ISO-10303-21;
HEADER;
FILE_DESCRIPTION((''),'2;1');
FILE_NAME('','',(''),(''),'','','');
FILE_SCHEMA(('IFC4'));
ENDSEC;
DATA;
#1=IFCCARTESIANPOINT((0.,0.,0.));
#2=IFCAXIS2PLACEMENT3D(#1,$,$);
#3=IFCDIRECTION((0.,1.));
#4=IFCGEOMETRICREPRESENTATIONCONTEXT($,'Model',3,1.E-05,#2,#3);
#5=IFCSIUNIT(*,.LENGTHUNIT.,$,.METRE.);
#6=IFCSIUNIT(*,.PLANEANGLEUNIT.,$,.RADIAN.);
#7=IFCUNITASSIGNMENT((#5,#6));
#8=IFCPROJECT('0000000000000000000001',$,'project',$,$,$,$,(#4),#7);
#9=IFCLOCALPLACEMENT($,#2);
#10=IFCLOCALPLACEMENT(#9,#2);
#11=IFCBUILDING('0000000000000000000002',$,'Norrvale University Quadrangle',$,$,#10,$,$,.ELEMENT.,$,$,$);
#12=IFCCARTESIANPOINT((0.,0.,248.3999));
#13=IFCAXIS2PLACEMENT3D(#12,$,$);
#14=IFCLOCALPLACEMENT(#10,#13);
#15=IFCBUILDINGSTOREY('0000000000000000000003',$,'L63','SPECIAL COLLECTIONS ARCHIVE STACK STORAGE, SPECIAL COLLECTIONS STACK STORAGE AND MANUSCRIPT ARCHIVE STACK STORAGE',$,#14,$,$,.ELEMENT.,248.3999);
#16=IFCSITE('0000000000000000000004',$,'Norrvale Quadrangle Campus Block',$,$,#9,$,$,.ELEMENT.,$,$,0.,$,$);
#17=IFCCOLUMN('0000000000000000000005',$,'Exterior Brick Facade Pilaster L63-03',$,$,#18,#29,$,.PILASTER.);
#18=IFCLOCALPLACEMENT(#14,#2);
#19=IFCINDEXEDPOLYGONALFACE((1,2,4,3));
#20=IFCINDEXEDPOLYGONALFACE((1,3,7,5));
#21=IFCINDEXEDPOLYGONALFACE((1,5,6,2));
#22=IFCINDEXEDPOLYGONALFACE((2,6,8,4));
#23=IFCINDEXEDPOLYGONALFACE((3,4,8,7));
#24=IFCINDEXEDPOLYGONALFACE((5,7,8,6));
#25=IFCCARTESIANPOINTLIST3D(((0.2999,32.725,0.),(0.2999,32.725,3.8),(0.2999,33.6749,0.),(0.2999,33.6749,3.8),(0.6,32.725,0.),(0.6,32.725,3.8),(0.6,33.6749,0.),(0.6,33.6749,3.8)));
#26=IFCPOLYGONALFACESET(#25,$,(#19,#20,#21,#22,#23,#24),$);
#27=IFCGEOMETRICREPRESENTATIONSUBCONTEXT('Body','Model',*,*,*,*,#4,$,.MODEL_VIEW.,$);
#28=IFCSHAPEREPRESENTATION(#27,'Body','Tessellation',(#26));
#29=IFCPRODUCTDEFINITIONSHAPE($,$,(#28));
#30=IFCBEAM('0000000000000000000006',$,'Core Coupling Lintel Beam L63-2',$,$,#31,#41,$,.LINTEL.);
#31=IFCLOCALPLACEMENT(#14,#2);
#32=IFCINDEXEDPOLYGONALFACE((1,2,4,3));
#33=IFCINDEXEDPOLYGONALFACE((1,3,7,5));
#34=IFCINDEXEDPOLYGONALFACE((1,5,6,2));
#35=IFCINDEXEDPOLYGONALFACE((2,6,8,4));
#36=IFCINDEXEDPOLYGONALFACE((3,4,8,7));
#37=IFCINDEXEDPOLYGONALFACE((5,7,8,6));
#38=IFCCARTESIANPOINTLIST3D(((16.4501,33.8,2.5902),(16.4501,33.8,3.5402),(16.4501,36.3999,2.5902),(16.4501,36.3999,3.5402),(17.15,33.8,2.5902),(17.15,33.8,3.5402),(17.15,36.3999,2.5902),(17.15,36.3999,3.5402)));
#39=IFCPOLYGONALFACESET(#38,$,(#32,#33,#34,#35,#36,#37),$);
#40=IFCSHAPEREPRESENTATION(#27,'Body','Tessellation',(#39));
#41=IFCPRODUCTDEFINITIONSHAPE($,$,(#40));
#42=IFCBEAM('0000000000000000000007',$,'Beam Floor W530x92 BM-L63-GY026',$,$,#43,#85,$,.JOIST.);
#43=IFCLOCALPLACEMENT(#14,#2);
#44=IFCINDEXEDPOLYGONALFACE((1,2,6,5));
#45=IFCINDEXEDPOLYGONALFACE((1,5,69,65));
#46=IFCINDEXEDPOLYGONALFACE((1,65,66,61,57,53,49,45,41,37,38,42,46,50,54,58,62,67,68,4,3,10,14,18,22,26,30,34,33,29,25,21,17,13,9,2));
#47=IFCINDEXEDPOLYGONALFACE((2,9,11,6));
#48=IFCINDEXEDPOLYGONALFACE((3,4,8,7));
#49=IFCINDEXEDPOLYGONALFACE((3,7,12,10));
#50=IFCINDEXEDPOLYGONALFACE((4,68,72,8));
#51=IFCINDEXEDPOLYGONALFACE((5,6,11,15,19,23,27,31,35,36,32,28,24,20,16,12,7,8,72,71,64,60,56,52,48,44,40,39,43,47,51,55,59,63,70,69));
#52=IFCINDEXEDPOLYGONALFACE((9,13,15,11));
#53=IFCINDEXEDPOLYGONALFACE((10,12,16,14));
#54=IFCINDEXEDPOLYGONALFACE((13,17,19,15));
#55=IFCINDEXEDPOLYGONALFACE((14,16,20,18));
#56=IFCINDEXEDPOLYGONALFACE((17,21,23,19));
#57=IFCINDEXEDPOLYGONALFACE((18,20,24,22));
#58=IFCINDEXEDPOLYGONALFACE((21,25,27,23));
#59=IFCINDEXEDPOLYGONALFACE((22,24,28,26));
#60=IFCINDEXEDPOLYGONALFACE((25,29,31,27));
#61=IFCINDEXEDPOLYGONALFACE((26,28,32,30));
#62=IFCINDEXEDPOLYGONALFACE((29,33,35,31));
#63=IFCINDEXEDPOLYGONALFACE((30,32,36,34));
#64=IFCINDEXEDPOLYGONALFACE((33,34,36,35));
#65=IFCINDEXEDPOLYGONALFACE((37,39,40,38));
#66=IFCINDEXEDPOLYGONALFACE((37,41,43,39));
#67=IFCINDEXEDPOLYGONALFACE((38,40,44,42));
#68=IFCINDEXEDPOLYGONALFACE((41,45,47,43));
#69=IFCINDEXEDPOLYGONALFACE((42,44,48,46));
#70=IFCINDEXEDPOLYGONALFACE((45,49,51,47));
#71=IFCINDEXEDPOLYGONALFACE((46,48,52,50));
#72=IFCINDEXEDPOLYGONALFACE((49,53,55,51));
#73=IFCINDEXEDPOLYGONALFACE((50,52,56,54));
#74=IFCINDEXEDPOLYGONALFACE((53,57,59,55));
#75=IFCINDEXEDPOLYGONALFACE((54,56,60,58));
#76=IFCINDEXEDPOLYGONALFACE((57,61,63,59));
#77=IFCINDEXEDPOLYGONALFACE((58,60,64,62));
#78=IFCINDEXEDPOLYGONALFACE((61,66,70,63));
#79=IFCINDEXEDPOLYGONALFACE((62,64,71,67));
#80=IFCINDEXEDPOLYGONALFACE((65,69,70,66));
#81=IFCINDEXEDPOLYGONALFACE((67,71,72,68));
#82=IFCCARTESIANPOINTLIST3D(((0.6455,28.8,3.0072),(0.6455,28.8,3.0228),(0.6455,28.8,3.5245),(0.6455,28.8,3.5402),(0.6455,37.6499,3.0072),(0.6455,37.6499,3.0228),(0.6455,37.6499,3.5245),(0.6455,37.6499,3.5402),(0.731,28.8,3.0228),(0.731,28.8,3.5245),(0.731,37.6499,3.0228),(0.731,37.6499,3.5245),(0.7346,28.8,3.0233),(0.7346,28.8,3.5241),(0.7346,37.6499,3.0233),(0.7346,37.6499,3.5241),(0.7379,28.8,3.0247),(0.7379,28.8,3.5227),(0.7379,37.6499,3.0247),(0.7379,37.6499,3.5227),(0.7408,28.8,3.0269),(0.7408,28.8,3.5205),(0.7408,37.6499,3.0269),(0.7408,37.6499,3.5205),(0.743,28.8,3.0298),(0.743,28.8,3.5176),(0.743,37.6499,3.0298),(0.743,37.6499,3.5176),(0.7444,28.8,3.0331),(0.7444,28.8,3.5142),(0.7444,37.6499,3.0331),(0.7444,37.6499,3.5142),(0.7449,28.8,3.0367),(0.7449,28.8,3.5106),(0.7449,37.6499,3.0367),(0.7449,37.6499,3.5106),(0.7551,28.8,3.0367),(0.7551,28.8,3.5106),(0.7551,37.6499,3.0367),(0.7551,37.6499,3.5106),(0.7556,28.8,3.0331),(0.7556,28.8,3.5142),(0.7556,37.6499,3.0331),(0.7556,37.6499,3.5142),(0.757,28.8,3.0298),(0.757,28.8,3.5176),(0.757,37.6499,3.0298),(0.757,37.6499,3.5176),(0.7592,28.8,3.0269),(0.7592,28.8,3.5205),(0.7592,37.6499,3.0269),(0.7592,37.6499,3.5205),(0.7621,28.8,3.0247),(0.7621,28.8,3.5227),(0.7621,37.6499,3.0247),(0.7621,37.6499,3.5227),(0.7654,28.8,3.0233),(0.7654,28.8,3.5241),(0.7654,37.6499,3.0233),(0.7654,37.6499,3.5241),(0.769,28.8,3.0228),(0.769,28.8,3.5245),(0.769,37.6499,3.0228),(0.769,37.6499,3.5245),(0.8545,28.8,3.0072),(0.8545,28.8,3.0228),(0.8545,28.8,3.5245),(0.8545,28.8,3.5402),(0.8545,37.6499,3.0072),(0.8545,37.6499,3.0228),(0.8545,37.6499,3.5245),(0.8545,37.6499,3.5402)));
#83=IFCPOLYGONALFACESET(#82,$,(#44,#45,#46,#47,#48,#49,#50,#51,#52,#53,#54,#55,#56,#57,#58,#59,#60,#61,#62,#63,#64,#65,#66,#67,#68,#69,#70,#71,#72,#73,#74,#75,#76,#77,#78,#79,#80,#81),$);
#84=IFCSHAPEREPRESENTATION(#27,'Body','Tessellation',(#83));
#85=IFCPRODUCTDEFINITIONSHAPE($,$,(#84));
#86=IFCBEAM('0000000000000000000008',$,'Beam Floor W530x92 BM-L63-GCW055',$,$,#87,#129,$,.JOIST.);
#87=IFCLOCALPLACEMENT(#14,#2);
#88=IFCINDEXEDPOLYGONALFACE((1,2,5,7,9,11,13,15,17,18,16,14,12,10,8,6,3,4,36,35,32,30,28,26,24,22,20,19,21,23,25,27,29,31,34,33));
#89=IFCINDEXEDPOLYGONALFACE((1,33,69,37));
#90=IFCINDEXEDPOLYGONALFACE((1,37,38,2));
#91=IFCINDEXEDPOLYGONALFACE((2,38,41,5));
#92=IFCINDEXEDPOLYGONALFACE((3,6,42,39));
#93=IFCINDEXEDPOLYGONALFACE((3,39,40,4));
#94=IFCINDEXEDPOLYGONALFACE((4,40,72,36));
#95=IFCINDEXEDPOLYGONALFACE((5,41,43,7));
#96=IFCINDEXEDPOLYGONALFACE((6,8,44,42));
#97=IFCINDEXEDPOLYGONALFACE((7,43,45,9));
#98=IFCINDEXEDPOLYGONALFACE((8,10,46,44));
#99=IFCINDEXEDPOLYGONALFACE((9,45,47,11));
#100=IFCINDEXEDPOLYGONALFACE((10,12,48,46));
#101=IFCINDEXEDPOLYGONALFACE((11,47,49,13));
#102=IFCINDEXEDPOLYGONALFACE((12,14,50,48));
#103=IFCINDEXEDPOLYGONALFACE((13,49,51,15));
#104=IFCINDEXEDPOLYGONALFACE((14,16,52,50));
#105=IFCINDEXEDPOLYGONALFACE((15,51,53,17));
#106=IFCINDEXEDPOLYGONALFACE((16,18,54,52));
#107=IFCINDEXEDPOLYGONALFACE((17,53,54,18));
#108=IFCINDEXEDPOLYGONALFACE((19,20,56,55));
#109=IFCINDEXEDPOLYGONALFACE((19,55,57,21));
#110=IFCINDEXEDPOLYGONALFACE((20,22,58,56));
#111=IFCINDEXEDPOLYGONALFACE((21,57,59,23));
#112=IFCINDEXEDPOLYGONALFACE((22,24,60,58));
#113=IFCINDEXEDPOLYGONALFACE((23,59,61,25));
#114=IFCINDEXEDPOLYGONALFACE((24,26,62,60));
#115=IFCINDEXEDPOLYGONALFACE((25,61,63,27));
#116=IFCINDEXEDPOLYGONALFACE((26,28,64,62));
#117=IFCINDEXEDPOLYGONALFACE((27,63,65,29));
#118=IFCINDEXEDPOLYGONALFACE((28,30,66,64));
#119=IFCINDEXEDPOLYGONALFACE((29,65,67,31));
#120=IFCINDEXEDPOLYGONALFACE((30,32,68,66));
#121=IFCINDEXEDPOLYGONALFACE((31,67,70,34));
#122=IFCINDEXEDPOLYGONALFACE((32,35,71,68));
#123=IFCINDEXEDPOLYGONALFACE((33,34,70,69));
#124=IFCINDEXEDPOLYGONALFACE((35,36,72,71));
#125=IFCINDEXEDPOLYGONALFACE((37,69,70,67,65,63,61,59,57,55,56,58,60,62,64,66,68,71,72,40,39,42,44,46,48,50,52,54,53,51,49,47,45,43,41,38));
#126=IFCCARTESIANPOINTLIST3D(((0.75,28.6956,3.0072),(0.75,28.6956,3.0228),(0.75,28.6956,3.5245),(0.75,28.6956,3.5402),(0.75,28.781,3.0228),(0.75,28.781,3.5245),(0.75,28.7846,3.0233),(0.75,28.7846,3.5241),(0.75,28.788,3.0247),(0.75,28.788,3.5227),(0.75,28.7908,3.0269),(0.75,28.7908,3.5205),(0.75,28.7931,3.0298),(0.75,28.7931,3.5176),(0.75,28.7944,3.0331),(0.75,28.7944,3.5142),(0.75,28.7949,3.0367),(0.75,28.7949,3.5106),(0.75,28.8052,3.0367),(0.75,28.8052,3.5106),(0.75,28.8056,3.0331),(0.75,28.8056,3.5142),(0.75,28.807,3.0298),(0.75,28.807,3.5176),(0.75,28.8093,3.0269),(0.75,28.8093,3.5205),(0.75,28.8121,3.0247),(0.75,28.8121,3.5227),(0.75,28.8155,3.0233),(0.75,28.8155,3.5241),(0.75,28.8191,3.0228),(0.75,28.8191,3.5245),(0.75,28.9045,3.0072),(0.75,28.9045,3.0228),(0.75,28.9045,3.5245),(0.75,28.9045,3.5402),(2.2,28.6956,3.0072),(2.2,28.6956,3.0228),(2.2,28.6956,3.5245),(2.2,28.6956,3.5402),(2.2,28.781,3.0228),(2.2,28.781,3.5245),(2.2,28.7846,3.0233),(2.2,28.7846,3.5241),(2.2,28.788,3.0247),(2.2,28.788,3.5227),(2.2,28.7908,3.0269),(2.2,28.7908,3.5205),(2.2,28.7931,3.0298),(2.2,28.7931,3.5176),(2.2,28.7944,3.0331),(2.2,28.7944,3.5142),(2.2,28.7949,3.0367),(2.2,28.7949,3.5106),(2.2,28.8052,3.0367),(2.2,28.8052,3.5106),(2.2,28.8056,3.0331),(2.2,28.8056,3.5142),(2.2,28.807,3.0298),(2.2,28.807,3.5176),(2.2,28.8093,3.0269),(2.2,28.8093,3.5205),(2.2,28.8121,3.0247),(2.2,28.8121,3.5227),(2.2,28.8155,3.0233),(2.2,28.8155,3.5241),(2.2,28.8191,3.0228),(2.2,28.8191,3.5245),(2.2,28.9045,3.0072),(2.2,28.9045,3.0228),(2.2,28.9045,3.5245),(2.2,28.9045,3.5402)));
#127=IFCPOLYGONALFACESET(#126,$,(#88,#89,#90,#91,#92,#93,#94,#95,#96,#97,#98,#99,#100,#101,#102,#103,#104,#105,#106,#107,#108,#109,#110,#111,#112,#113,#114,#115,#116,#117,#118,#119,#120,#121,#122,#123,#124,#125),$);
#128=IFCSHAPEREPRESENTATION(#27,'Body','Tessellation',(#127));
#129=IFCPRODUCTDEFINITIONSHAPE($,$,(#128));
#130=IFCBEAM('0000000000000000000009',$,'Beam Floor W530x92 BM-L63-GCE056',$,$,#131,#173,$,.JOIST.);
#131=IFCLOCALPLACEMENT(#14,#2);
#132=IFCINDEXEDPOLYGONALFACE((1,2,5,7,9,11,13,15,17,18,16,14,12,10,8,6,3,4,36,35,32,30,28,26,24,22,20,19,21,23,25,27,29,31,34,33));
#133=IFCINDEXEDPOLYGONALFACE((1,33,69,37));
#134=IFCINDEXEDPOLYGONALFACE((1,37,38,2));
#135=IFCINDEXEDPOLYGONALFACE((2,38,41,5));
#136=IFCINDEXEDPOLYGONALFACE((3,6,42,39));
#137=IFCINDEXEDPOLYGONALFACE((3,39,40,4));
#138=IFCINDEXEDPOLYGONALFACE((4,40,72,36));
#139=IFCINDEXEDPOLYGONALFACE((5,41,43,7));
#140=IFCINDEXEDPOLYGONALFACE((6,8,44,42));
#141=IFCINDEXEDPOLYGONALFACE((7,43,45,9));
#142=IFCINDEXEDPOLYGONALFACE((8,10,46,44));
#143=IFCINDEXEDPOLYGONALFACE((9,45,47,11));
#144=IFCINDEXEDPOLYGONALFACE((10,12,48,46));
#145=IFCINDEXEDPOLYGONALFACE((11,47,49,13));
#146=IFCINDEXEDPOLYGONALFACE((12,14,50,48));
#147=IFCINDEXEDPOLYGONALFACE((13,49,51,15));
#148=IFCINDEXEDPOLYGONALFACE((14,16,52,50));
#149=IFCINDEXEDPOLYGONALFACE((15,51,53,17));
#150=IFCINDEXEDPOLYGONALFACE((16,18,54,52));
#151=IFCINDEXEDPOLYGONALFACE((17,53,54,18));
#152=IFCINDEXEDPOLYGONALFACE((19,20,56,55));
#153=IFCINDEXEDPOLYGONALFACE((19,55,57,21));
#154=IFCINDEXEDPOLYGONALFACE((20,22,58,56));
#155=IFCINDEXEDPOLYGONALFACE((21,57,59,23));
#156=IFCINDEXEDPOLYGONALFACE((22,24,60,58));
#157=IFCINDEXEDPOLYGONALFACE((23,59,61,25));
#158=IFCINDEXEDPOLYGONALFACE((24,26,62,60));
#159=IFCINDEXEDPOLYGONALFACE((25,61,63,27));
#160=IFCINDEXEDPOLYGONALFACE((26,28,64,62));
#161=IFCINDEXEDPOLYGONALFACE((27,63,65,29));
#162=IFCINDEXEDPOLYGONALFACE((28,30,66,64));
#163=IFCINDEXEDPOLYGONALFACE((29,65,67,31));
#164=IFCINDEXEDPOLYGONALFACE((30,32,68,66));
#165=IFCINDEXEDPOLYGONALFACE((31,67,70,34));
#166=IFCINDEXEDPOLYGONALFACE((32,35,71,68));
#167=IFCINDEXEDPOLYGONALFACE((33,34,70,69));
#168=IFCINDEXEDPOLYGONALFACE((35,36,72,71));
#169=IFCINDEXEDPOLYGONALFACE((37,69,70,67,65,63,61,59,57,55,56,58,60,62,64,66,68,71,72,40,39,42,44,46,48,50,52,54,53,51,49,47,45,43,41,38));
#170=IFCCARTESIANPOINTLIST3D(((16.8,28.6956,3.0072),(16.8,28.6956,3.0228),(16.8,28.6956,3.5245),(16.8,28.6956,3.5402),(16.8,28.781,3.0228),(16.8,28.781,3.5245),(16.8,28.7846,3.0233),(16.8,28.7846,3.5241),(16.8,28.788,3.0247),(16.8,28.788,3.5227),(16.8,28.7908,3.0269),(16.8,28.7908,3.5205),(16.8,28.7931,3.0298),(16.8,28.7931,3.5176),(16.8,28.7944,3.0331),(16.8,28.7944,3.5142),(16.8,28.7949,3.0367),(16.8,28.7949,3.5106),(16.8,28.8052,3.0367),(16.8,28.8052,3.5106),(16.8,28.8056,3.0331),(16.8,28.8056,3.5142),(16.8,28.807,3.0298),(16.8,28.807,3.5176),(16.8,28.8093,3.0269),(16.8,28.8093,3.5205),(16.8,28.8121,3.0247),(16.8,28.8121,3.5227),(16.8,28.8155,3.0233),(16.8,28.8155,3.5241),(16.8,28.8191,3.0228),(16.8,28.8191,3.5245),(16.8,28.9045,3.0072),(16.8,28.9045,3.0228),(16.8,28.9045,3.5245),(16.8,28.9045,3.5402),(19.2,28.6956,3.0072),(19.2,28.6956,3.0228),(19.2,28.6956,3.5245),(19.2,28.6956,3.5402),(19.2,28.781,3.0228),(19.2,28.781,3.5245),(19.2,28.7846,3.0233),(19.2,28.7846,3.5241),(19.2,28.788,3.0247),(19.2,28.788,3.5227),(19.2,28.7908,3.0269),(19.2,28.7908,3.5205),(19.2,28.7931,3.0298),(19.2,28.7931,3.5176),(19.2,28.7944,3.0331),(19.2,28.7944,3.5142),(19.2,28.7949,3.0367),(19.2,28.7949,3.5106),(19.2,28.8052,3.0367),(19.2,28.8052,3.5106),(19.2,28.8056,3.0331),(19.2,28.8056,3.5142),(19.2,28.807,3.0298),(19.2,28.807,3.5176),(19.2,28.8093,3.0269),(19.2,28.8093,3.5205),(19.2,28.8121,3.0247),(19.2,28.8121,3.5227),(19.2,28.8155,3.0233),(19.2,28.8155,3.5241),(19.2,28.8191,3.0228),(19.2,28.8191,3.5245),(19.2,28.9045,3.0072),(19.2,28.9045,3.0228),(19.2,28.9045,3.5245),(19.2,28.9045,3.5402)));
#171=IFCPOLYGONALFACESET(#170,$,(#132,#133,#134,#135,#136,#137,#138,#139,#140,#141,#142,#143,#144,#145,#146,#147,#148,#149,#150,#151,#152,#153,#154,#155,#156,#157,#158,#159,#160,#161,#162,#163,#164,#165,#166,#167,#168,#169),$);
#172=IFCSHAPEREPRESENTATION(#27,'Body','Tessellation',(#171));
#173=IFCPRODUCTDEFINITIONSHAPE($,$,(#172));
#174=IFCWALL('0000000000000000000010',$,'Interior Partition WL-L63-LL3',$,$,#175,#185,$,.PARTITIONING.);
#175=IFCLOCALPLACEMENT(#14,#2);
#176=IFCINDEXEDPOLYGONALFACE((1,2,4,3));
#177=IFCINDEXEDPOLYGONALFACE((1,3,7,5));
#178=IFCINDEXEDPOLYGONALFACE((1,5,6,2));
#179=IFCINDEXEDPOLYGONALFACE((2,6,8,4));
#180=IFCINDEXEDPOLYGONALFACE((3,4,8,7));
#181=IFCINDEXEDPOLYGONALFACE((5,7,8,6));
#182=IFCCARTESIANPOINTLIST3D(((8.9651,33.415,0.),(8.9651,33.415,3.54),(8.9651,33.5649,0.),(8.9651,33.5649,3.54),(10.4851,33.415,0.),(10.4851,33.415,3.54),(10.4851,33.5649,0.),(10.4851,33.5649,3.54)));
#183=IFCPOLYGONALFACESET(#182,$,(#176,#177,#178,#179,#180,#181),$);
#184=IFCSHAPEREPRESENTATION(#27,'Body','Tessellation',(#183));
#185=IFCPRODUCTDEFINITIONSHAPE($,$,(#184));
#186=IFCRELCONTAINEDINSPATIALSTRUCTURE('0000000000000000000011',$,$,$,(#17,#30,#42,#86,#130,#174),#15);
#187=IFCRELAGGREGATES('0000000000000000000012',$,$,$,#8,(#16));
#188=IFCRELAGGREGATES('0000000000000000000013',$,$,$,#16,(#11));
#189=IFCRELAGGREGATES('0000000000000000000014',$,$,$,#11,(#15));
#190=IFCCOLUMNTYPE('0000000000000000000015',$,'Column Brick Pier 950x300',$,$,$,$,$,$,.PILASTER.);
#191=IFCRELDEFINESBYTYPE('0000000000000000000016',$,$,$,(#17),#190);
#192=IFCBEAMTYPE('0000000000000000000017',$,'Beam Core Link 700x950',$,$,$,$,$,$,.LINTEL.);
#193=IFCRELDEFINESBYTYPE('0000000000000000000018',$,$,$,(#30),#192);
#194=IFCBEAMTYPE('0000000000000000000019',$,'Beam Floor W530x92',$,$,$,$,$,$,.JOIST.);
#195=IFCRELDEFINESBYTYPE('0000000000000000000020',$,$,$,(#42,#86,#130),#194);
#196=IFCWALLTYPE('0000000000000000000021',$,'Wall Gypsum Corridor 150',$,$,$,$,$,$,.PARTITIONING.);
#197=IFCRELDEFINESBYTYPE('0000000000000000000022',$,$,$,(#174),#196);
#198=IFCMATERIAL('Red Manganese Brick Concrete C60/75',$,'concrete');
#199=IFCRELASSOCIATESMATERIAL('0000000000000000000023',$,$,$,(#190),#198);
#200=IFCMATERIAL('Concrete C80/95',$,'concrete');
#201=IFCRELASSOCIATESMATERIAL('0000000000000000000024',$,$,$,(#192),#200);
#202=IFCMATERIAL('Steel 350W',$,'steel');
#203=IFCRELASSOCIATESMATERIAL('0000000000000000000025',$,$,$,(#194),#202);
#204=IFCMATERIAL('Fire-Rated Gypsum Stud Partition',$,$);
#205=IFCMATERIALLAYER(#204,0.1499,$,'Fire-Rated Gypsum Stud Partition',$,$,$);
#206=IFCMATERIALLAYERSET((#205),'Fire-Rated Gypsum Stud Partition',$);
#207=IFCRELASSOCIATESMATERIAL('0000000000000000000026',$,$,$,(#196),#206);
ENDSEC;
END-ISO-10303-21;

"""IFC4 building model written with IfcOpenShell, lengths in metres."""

from ifc_helpers import new_model, si_unit, direction, frame, frame_2d, origin, origin_2d, place, context, subcontext, project, spatial, rectangle, i_section, extrude, material, layer, layer_set, material_profile, profile_set, type_object, element, save


model = new_model("IFC4")

# Units and contexts
model_context = context("Model", 3, precision=1e-05, world=origin(), true_north=direction((0.0, 1.0)))
body_context = subcontext(model_context, "Body", "Model", "MODEL_VIEW")
ifc_project = project(units=[si_unit("LENGTHUNIT", "METRE"), si_unit("PLANEANGLEUNIT", "RADIAN")], contexts=[model_context])

# Site, building, storey
site_placement = place(None, origin())
site = spatial("IfcSite", under=ifc_project, at=site_placement, Name="Norrvale Quadrangle Campus Block", CompositionType="ELEMENT", RefElevation=0.0)
building_placement = place(site_placement, origin())
building = spatial("IfcBuilding", under=site, at=building_placement, Name="Norrvale University Quadrangle", CompositionType="ELEMENT")
storey_placement = place(building_placement, frame((0.0, 0.0, 248.3999)))
storey = spatial("IfcBuildingStorey", under=building, at=storey_placement, Name="L63", Description="SPECIAL COLLECTIONS ARCHIVE STACK STORAGE, SPECIAL COLLECTIONS STACK STORAGE AND MANUSCRIPT ARCHIVE STACK STORAGE", CompositionType="ELEMENT", Elevation=248.3999)

# Column
ifc_material_1 = material(Name="Red Manganese Brick Concrete C60/75", Category="concrete")
ifc_material_profile_1 = material_profile(ifc_material_1, rectangle(XDim=0.95, YDim=0.3, at=origin_2d()), Name="Red Manganese Brick Concrete C60/75")
ifc_profile_set_1 = profile_set([ifc_material_profile_1], Name="Red Manganese Brick Concrete C60/75")
column_type = type_object("IfcColumnType", Name="Column Brick Pier 950x300", PredefinedType="PILASTER", material=ifc_profile_set_1)
column_placement = place(storey_placement, frame((0.45, 33.2, 0.0), z_axis=(0.0, 0.0, 1.0), x_axis=(0.0, 1.0, 0.0)))
element("IfcColumn", 1, at=column_placement, inside=storey, type_object=column_type, Name="Exterior Brick Facade Pilaster L63-03", PredefinedType="PILASTER", context=body_context, shape_type="SweptSolid", body=[
    extrude(rectangle(XDim=0.95, YDim=0.3, at=origin_2d()), origin(), (0.0, 0.0, 1.0), 3.8),
])

# Beams
ifc_material_2 = material(Name="Concrete C80/95", Category="concrete")
ifc_material_profile_2 = material_profile(ifc_material_2, rectangle(XDim=0.7, YDim=0.95, at=origin_2d()), Name="Concrete C80/95")
ifc_profile_set_2 = profile_set([ifc_material_profile_2], Name="Concrete C80/95")
beam_type_1 = type_object("IfcBeamType", Name="Beam Core Link 700x950", PredefinedType="LINTEL", material=ifc_profile_set_2)
beam_1_placement = place(storey_placement, frame((16.8, 33.8, 3.0652), z_axis=(0.0, 1.0, 0.0), x_axis=(-1.0, 0.0, 0.0)))
element("IfcBeam", 2, at=beam_1_placement, inside=storey, type_object=beam_type_1, Name="Core Coupling Lintel Beam L63-2", PredefinedType="LINTEL", context=body_context, shape_type="SweptSolid", body=[
    extrude(rectangle(XDim=0.7, YDim=0.95, at=origin_2d()), origin(), (0.0, 0.0, 1.0), 2.5999),
])
ifc_material_3 = material(Name="Steel 350W", Category="steel")
ifc_material_profile_3 = material_profile(ifc_material_3, i_section(OverallWidth=0.209, OverallDepth=0.533, WebThickness=0.0103, FlangeThickness=0.0156, FilletRadius=0.0139, at=origin_2d()), Name="Steel 350W")
ifc_profile_set_3 = profile_set([ifc_material_profile_3], Name="Steel 350W")
beam_type_2 = type_object("IfcBeamType", Name="Beam Floor W530x92", PredefinedType="JOIST", material=ifc_profile_set_3)
beam_2_placement = place(storey_placement, frame((0.75, 28.8, 3.2737), z_axis=(0.0, 1.0, 0.0), x_axis=(-1.0, 0.0, 0.0)))
element("IfcBeam", 3, at=beam_2_placement, inside=storey, type_object=beam_type_2, Name="Beam Floor W530x92 BM-L63-GY026", PredefinedType="JOIST", context=body_context, shape_type="SweptSolid", body=[
    extrude(i_section(OverallWidth=0.209, OverallDepth=0.533, WebThickness=0.0103, FlangeThickness=0.0156, FilletRadius=0.0139, at=origin_2d()), origin(), (0.0, 0.0, 1.0), 8.8499),
])
beam_3_placement = place(storey_placement, frame((0.75, 28.8, 3.2737), z_axis=(1.0, 0.0, 0.0), x_axis=(0.0, 1.0, 0.0)))
element("IfcBeam", 4, at=beam_3_placement, inside=storey, type_object=beam_type_2, Name="Beam Floor W530x92 BM-L63-GCW055", PredefinedType="JOIST", context=body_context, shape_type="SweptSolid", body=[
    extrude(i_section(OverallWidth=0.209, OverallDepth=0.533, WebThickness=0.0103, FlangeThickness=0.0156, FilletRadius=0.0139, at=origin_2d()), origin(), (0.0, 0.0, 1.0), 1.45),
])
beam_4_placement = place(storey_placement, frame((16.8, 28.8, 3.2737), z_axis=(1.0, 0.0, 0.0), x_axis=(0.0, 1.0, 0.0)))
element("IfcBeam", 5, at=beam_4_placement, inside=storey, type_object=beam_type_2, Name="Beam Floor W530x92 BM-L63-GCE056", PredefinedType="JOIST", context=body_context, shape_type="SweptSolid", body=[
    extrude(i_section(OverallWidth=0.209, OverallDepth=0.533, WebThickness=0.0103, FlangeThickness=0.0156, FilletRadius=0.0139, at=origin_2d()), origin(), (0.0, 0.0, 1.0), 2.3999),
])

# Wall
ifc_material_4 = material(Name="Fire-Rated Gypsum Stud Partition")
ifc_layer_1 = layer(ifc_material_4, 0.1499, Name="Fire-Rated Gypsum Stud Partition")
ifc_layer_set_1 = layer_set([ifc_layer_1], Name="Fire-Rated Gypsum Stud Partition")
wall_type_1 = type_object("IfcWallType", Name="Wall Gypsum Corridor 150", PredefinedType="PARTITIONING", material=ifc_layer_set_1)
wall_1_placement = place(storey_placement, frame((8.9651, 33.49, 0.0), z_axis=(0.0, 0.0, 1.0), x_axis=(1.0, 0.0, 0.0)))
element("IfcWall", 6, at=wall_1_placement, inside=storey, type_object=wall_type_1, Name="Interior Partition WL-L63-LL3", PredefinedType="PARTITIONING", context=body_context, shape_type="SweptSolid", body=[
    extrude(rectangle(XDim=1.52, YDim=0.1499, at=frame_2d((0.76, 0.0))), origin(), (0.0, 0.0, 1.0), 3.54),
])

save(model, "model.ifc")
